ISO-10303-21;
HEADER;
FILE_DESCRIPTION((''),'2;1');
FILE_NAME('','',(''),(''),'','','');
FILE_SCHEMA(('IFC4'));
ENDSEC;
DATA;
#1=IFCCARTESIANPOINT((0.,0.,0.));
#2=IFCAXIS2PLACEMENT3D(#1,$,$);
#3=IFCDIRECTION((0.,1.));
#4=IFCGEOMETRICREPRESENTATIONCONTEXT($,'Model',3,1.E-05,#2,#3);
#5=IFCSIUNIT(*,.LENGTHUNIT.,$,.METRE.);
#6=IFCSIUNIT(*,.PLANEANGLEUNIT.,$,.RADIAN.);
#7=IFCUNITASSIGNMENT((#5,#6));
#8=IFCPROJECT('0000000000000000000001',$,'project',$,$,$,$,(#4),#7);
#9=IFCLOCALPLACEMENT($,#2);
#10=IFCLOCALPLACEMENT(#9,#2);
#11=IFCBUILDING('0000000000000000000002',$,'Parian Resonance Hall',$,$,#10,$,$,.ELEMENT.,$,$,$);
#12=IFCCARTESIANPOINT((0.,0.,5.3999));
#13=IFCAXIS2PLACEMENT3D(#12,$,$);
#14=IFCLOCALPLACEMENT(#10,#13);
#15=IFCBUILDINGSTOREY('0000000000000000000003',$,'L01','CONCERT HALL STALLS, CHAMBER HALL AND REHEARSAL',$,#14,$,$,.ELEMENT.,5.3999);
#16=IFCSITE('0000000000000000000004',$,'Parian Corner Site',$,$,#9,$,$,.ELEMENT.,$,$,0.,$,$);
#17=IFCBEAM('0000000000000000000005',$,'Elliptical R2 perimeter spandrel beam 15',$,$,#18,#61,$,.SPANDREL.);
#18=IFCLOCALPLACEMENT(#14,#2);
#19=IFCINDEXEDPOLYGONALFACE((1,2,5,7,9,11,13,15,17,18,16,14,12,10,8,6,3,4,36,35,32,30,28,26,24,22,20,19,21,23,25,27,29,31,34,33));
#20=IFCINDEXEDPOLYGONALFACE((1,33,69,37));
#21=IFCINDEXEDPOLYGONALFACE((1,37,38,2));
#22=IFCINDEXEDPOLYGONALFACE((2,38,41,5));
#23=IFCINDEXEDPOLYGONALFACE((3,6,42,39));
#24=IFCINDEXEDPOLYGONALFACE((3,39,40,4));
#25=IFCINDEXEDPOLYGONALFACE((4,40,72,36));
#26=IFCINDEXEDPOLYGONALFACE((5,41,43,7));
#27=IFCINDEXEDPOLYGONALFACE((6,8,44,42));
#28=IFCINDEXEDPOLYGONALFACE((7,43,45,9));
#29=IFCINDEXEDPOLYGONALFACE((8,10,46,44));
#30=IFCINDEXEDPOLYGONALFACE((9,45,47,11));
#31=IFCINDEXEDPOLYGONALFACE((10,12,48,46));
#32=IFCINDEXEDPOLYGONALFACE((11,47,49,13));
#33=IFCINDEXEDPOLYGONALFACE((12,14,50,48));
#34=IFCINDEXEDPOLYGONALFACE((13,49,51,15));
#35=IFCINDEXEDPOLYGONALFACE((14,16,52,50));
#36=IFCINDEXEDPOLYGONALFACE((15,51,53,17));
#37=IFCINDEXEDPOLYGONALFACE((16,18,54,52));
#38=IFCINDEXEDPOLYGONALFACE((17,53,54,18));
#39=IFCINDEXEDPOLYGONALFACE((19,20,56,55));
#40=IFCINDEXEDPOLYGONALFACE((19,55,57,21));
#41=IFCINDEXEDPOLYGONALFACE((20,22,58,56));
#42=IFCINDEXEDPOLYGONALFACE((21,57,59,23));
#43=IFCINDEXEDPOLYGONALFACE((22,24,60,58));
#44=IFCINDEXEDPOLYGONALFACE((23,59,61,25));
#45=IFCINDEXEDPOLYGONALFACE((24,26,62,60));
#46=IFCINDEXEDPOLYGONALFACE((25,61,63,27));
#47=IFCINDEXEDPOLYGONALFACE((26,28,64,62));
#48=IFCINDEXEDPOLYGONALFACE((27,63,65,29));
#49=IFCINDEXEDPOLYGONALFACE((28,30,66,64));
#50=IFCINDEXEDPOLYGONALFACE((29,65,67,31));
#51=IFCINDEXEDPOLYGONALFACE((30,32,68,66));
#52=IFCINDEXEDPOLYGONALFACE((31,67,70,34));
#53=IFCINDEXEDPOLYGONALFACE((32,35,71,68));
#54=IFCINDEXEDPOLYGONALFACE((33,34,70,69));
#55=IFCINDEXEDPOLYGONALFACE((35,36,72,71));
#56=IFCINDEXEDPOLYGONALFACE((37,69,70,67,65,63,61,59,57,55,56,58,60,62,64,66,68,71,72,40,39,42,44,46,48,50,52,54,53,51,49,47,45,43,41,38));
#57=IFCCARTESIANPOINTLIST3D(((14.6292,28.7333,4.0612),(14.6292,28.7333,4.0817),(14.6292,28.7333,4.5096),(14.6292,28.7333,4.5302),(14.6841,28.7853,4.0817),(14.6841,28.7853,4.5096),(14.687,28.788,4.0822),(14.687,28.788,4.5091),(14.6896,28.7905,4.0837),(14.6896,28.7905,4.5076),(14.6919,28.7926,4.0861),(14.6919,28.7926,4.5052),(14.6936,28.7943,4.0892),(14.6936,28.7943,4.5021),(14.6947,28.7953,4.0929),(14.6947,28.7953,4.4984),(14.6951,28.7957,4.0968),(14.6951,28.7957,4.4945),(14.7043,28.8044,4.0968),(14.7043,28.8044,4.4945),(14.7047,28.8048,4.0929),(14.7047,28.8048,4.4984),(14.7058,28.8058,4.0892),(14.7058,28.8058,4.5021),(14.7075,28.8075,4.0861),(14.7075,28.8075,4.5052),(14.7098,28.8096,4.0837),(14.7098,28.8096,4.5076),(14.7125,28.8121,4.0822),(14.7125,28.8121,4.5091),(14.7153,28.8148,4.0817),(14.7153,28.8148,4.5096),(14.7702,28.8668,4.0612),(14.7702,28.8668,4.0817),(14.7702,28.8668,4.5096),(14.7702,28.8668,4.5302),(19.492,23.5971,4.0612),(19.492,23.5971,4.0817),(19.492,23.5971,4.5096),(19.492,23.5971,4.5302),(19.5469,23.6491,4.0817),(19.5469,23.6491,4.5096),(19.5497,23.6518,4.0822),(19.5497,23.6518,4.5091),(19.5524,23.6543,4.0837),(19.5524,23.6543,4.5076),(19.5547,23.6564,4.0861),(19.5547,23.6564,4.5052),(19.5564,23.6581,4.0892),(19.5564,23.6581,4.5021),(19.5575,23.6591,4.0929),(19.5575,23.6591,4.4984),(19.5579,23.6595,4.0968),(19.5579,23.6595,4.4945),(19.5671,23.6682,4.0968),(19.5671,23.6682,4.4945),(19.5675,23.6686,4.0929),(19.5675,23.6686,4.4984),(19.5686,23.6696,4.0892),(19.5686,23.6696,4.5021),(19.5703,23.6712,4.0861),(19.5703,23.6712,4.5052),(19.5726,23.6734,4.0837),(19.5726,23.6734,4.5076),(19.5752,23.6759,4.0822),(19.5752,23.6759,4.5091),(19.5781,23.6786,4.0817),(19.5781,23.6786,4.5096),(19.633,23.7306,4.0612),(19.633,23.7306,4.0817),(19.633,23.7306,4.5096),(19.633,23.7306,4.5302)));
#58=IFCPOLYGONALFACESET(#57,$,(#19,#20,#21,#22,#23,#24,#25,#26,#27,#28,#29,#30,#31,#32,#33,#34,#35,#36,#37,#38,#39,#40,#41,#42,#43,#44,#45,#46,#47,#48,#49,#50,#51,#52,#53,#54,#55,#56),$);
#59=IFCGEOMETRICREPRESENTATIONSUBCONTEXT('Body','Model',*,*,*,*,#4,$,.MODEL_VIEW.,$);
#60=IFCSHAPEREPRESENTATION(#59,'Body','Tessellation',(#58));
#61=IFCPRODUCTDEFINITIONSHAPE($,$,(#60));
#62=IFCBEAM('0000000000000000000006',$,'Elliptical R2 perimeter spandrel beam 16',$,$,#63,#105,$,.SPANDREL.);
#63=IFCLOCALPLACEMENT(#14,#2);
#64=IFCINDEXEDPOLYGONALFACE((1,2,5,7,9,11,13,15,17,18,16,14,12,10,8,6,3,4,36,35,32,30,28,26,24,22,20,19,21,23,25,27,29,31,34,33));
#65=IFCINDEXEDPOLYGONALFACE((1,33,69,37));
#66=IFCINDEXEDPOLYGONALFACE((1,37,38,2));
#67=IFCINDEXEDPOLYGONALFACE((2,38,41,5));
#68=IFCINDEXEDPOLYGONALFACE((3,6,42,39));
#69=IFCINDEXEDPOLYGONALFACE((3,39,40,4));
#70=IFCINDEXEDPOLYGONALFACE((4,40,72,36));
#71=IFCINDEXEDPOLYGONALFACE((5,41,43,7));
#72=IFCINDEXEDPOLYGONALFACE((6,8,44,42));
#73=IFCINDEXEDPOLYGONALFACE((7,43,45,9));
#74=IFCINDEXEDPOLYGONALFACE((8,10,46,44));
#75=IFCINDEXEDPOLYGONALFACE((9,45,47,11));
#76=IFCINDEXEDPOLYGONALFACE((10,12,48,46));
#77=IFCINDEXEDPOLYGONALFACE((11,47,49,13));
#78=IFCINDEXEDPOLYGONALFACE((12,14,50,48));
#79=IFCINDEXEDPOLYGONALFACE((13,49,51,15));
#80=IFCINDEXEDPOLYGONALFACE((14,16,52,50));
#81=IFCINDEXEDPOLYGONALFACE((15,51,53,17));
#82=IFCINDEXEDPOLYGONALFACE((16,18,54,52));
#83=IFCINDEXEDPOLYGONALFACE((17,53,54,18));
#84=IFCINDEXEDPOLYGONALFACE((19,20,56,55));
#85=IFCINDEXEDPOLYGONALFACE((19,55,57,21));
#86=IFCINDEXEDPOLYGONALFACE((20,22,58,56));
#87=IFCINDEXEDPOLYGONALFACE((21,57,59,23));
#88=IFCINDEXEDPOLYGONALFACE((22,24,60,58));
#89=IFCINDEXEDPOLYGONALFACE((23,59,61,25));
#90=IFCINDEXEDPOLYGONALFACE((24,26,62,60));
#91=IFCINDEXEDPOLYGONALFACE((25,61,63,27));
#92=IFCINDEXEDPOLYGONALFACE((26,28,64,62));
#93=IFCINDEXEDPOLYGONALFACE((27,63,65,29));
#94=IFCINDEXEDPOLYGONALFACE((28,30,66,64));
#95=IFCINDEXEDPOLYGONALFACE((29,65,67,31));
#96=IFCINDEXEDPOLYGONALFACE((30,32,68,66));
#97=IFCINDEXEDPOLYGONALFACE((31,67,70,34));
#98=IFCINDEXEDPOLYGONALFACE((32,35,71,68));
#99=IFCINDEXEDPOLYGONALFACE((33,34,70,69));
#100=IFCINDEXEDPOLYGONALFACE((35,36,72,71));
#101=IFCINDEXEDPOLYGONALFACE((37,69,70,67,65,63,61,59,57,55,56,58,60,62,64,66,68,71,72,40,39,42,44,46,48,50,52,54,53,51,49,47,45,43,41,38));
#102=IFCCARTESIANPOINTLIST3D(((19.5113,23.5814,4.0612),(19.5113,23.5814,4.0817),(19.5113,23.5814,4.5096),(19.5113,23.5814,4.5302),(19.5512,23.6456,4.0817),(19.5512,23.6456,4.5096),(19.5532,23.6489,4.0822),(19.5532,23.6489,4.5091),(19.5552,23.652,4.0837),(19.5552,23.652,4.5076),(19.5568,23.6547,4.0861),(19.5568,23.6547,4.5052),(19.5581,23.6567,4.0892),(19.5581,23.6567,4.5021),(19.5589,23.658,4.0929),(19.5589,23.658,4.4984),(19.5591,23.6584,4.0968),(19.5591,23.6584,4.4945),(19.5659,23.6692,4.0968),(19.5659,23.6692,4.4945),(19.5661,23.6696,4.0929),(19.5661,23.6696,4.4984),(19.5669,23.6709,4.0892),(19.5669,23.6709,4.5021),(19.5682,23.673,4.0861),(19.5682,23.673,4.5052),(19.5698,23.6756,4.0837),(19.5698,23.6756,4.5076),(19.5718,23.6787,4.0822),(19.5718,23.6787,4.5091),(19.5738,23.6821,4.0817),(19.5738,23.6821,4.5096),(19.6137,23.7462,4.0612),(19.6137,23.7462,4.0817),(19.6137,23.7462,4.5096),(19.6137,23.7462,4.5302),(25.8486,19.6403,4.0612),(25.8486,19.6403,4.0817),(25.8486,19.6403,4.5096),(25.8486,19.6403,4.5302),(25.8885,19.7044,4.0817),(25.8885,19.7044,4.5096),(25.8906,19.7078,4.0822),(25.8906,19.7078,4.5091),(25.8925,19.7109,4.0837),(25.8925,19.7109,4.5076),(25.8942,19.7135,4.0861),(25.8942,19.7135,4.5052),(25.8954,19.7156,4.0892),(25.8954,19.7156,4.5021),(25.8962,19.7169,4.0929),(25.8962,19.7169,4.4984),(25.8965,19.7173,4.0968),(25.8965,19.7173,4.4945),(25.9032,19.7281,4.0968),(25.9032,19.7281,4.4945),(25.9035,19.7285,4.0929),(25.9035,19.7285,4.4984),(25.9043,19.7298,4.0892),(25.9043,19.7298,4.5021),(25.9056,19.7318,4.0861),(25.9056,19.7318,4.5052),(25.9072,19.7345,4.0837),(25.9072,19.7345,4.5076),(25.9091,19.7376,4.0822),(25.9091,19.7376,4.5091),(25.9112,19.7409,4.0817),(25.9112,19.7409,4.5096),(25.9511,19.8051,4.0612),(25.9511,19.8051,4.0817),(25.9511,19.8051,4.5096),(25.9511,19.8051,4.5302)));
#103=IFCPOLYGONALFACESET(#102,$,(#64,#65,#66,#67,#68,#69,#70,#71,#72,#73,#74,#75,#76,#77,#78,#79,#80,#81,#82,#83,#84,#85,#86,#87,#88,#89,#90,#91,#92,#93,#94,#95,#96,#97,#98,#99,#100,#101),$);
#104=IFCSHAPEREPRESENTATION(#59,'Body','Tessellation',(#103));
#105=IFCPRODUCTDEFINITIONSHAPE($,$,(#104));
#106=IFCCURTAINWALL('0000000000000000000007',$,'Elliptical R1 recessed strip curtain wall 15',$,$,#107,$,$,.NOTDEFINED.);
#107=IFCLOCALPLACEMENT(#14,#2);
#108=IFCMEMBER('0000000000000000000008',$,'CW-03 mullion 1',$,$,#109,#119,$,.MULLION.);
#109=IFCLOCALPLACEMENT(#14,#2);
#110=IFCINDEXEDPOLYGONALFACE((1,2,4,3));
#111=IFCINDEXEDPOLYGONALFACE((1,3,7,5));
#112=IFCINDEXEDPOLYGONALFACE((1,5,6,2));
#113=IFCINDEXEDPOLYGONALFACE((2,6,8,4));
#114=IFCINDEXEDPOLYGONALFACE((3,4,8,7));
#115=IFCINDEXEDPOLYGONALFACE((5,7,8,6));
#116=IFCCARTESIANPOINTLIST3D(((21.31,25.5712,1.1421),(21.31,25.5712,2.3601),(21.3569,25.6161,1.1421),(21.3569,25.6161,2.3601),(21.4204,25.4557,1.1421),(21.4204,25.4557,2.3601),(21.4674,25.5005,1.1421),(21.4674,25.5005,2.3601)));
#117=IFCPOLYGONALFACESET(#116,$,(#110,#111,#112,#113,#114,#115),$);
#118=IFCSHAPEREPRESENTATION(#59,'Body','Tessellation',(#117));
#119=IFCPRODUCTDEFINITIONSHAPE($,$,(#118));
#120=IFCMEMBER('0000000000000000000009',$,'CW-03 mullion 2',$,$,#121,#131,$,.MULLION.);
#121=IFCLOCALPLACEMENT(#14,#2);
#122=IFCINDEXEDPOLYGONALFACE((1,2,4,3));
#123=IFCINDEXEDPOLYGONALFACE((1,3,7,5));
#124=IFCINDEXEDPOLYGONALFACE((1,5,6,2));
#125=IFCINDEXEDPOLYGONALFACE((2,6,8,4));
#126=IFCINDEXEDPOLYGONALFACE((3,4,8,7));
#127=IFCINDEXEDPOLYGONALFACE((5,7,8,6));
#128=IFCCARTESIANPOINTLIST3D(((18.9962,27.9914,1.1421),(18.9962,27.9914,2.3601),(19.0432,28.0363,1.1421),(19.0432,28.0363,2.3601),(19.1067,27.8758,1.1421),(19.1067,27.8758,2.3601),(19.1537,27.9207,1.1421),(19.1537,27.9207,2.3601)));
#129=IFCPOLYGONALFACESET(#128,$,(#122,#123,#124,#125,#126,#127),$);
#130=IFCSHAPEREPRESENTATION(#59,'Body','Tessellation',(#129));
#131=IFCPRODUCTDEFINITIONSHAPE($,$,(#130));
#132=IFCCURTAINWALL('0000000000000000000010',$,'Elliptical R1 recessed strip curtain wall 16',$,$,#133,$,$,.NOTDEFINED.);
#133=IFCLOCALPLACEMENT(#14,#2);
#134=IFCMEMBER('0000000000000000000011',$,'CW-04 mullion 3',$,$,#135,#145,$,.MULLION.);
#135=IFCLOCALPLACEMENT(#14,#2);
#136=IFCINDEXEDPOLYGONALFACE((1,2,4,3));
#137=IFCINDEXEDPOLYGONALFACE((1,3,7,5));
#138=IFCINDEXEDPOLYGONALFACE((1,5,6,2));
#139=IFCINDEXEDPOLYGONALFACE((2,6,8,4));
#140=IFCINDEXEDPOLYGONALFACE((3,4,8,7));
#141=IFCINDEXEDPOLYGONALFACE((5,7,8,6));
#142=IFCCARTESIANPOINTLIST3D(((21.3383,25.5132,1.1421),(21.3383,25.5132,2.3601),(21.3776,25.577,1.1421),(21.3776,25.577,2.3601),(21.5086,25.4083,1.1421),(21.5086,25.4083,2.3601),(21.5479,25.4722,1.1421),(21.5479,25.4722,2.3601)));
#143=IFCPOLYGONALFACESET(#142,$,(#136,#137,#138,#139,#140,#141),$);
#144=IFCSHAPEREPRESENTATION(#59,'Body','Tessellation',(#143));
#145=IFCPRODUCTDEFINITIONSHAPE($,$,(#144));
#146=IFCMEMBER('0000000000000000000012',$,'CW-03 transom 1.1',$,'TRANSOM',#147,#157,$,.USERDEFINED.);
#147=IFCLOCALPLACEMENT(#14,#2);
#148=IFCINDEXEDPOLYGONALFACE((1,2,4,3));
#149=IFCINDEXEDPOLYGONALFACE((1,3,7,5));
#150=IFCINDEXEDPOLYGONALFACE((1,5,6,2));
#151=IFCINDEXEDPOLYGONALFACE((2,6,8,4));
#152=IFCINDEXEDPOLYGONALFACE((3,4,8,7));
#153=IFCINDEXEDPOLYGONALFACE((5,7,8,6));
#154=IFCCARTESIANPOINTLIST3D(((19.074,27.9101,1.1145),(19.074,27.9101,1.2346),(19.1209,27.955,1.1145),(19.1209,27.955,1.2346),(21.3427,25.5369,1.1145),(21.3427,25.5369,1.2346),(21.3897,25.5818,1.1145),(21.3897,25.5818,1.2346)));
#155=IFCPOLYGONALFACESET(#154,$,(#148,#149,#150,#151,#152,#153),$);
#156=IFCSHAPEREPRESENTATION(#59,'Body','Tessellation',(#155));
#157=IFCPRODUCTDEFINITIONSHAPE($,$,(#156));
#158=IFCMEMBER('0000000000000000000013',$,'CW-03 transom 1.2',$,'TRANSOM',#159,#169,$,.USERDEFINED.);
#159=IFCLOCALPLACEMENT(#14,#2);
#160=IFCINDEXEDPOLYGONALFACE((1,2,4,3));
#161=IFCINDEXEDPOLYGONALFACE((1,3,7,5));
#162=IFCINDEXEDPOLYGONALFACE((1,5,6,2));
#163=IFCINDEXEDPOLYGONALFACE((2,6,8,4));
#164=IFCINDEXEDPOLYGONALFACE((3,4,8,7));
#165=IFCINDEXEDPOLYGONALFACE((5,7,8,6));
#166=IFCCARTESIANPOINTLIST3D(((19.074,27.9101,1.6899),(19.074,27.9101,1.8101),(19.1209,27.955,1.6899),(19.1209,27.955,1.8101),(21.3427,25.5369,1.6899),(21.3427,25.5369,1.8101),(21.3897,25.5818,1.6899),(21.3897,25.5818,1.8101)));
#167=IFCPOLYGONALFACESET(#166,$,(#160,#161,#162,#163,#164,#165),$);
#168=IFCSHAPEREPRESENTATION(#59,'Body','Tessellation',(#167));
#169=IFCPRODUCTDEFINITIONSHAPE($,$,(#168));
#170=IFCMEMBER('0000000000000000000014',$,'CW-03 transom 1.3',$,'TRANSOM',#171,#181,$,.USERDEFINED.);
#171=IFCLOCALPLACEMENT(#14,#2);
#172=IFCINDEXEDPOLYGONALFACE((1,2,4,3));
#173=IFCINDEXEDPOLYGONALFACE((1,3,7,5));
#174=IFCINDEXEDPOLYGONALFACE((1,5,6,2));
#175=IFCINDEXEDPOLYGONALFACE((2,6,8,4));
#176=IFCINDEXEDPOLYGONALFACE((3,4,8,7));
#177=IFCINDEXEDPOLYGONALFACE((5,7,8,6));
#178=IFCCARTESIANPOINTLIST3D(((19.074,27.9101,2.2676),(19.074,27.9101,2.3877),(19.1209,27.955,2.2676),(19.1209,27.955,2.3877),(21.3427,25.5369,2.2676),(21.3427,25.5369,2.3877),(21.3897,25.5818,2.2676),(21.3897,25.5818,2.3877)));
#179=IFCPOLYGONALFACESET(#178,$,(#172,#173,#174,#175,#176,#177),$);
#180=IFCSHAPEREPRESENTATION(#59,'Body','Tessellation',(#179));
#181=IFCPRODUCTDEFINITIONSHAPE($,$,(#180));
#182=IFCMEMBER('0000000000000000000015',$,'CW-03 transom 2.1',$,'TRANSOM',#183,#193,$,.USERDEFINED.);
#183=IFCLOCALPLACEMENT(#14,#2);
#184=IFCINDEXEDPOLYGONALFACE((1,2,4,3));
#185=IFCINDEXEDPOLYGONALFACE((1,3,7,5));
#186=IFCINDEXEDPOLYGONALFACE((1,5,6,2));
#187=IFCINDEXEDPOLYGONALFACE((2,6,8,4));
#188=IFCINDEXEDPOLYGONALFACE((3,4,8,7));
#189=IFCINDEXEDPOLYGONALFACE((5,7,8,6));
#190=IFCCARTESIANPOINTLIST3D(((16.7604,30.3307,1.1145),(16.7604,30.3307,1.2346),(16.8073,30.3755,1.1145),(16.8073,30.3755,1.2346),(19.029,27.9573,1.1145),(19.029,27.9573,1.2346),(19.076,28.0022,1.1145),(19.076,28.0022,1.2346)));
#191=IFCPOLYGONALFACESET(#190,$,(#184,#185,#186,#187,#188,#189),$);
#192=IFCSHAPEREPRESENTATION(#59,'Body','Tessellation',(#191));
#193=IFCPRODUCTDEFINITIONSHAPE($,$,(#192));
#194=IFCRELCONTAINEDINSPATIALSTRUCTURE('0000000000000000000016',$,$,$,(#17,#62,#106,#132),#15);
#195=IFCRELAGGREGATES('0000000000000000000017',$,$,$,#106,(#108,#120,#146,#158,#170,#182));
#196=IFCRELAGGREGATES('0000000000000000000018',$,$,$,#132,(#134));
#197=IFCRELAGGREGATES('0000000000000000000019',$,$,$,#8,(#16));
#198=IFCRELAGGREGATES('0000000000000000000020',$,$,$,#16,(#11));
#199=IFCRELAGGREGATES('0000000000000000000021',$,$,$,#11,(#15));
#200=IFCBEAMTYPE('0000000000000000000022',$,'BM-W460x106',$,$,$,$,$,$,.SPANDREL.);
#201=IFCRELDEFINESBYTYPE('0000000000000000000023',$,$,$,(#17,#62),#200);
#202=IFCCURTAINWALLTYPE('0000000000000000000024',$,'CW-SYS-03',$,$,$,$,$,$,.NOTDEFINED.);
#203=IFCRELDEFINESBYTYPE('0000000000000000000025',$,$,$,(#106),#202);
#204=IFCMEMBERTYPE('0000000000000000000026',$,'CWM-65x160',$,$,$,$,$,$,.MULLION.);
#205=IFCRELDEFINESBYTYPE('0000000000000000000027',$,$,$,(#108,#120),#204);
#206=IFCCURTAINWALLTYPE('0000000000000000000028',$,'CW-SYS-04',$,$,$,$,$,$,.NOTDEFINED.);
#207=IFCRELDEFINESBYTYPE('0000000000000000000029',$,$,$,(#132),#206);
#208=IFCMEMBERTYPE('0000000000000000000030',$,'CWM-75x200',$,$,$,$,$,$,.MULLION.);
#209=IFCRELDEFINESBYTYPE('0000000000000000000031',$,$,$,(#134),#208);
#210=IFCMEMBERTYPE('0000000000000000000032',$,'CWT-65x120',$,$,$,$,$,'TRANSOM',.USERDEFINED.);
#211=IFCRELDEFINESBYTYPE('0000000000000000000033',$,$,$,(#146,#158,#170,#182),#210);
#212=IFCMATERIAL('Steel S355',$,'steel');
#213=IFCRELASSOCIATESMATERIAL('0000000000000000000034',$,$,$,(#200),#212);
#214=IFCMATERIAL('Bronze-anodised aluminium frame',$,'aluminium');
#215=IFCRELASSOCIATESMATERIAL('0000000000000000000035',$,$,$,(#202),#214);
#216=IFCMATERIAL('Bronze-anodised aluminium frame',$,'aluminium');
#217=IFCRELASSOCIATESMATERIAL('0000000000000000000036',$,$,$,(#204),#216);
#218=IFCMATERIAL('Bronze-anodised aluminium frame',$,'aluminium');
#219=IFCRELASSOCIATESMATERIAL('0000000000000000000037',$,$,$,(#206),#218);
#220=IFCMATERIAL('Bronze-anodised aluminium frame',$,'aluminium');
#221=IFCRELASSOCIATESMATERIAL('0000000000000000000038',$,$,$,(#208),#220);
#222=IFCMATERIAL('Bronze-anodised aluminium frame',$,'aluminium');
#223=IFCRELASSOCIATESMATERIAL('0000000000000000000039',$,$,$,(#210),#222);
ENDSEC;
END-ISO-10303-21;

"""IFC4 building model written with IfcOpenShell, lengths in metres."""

from ifc_helpers import new_model, si_unit, direction, frame, origin, origin_2d, place, context, subcontext, project, spatial, rectangle, i_section, extrude, material, material_profile, profile_set, type_object, element, aggregate, save


model = new_model("IFC4")

# Units and contexts
model_context = context("Model", 3, precision=1e-05, world=origin(), true_north=direction((0.0, 1.0)))
body_context = subcontext(model_context, "Body", "Model", "MODEL_VIEW")
ifc_project = project(units=[si_unit("LENGTHUNIT", "METRE"), si_unit("PLANEANGLEUNIT", "RADIAN")], contexts=[model_context])

# Site, building, storey
site_placement = place(None, origin())
site = spatial("IfcSite", under=ifc_project, at=site_placement, Name="Parian Corner Site", CompositionType="ELEMENT", RefElevation=0.0)
building_placement = place(site_placement, origin())
building = spatial("IfcBuilding", under=site, at=building_placement, Name="Parian Resonance Hall", CompositionType="ELEMENT")
storey_placement = place(building_placement, frame((0.0, 0.0, 5.3999)))
storey = spatial("IfcBuildingStorey", under=building, at=storey_placement, Name="L01", Description="CONCERT HALL STALLS, CHAMBER HALL AND REHEARSAL", CompositionType="ELEMENT", Elevation=5.3999)

# Beams
ifc_material_1 = material(Name="Steel S355", Category="steel")
ifc_material_profile_1 = material_profile(ifc_material_1, i_section(OverallWidth=0.1941, OverallDepth=0.469, WebThickness=0.0127, FlangeThickness=0.0205, FilletRadius=0.0151, at=origin_2d()), Name="W460x106")
ifc_profile_set_1 = profile_set([ifc_material_profile_1], Name="Steel S355")
beam_type = type_object("IfcBeamType", Name="BM-W460x106", PredefinedType="SPANDREL", material=ifc_profile_set_1)
beam_1_placement = place(storey_placement, frame((14.6997, 28.8, 4.2957), z_axis=(0.687513, -0.726172, 0.0), x_axis=(0.726172, 0.687513, 0.0)))
element("IfcBeam", 1, at=beam_1_placement, inside=storey, type_object=beam_type, Name="Elliptical R2 perimeter spandrel beam 15", PredefinedType="SPANDREL", context=body_context, shape_type="SweptSolid", body=[
    extrude(i_section(OverallWidth=0.1941, OverallDepth=0.469, WebThickness=0.0127, FlangeThickness=0.0205, FilletRadius=0.0151, at=origin_2d()), origin(), (0.0, 0.0, 1.0), 7.073),
])
beam_2_placement = place(storey_placement, frame((19.5625, 23.6638, 4.2957), z_axis=(0.849183, -0.528098, 0.0), x_axis=(0.528098, 0.849183, 0.0)))
element("IfcBeam", 2, at=beam_2_placement, inside=storey, type_object=beam_type, Name="Elliptical R2 perimeter spandrel beam 16", PredefinedType="SPANDREL", context=body_context, shape_type="SweptSolid", body=[
    extrude(i_section(OverallWidth=0.1941, OverallDepth=0.469, WebThickness=0.0127, FlangeThickness=0.0205, FilletRadius=0.0151, at=origin_2d()), origin(), (0.0, 0.0, 1.0), 7.4629),
])

# Curtain wall, members
ifc_material_2 = material(Name="Bronze-anodised aluminium frame", Category="aluminium")
curtain_wall_type_1 = type_object("IfcCurtainWallType", Name="CW-SYS-03", PredefinedType="NOTDEFINED", material=ifc_material_2)
curtain_wall_1_placement = place(storey_placement, origin())
curtain_wall_1 = element("IfcCurtainWall", 3, at=curtain_wall_1_placement, inside=storey, type_object=curtain_wall_type_1, Name="Elliptical R1 recessed strip curtain wall 15", PredefinedType="NOTDEFINED")
ifc_material_3 = material(Name="Bronze-anodised aluminium frame", Category="aluminium")
ifc_material_profile_2 = material_profile(ifc_material_3, rectangle(XDim=0.0649, YDim=0.1599, at=origin_2d()), Name="CWM-65x160")
ifc_profile_set_2 = profile_set([ifc_material_profile_2], Name="Bronze-anodised aluminium frame")
member_type_1 = type_object("IfcMemberType", Name="CWM-65x160", PredefinedType="MULLION", material=ifc_profile_set_2)
member_1_placement = place(storey_placement, frame((21.3887, 25.5359, 1.1421), z_axis=(0.0, 0.0, 1.0), x_axis=(-0.722863, -0.690992, 0.0)))
member_1 = element("IfcMember", 4, at=member_1_placement, type_object=member_type_1, Name="CW-03 mullion 1", PredefinedType="MULLION", context=body_context, shape_type="SweptSolid", body=[
    extrude(rectangle(XDim=0.0649, YDim=0.1599, at=origin_2d()), origin(), (0.0, 0.0, 1.0), 1.218),
])
member_2_placement = place(storey_placement, frame((19.075, 27.9561, 1.1421), z_axis=(0.0, 0.0, 1.0), x_axis=(-0.722863, -0.690992, 0.0)))
member_2 = element("IfcMember", 5, at=member_2_placement, type_object=member_type_1, Name="CW-03 mullion 2", PredefinedType="MULLION", context=body_context, shape_type="SweptSolid", body=[
    extrude(rectangle(XDim=0.0649, YDim=0.1599, at=origin_2d()), origin(), (0.0, 0.0, 1.0), 1.218),
])

# Curtain wall, member
ifc_material_4 = material(Name="Bronze-anodised aluminium frame", Category="aluminium")
curtain_wall_type_2 = type_object("IfcCurtainWallType", Name="CW-SYS-04", PredefinedType="NOTDEFINED", material=ifc_material_4)
curtain_wall_2_placement = place(storey_placement, origin())
curtain_wall_2 = element("IfcCurtainWall", 6, at=curtain_wall_2_placement, inside=storey, type_object=curtain_wall_type_2, Name="Elliptical R1 recessed strip curtain wall 16", PredefinedType="NOTDEFINED")
ifc_material_5 = material(Name="Bronze-anodised aluminium frame", Category="aluminium")
ifc_material_profile_3 = material_profile(ifc_material_5, rectangle(XDim=0.075, YDim=0.2, at=origin_2d()), Name="CWM-75x200")
ifc_profile_set_3 = profile_set([ifc_material_profile_3], Name="Bronze-anodised aluminium frame")
member_type_2 = type_object("IfcMemberType", Name="CWM-75x200", PredefinedType="MULLION", material=ifc_profile_set_3)
member_3_placement = place(storey_placement, frame((21.4431, 25.4927, 1.1421), z_axis=(0.0, 0.0, 1.0), x_axis=(-0.524451, -0.851441, 0.0)))
member_3 = element("IfcMember", 7, at=member_3_placement, type_object=member_type_2, Name="CW-04 mullion 3", PredefinedType="MULLION", context=body_context, shape_type="SweptSolid", body=[
    extrude(rectangle(XDim=0.075, YDim=0.2, at=origin_2d()), origin(), (0.0, 0.0, 1.0), 1.218),
])

# Members
ifc_material_6 = material(Name="Bronze-anodised aluminium frame", Category="aluminium")
ifc_material_profile_4 = material_profile(ifc_material_6, rectangle(XDim=0.0649, YDim=0.1201, at=origin_2d()), Name="CWT-65x120")
ifc_profile_set_4 = profile_set([ifc_material_profile_4], Name="Bronze-anodised aluminium frame")
member_type_3 = type_object("IfcMemberType", Name="CWT-65x120", ElementType="TRANSOM", PredefinedType="USERDEFINED", material=ifc_profile_set_4)
member_4_placement = place(storey_placement, frame((21.3662, 25.5593, 1.1746), z_axis=(-0.691015, 0.72284, 0.0), x_axis=(-0.72284, -0.691015, 0.0)))
member_4 = element("IfcMember", 8, at=member_4_placement, type_object=member_type_3, Name="CW-03 transom 1.1", ObjectType="TRANSOM", PredefinedType="USERDEFINED", context=body_context, shape_type="SweptSolid", body=[
    extrude(rectangle(XDim=0.0649, YDim=0.1201, at=origin_2d()), origin(), (0.0, 0.0, 1.0), 3.2832),
])
member_5_placement = place(storey_placement, frame((21.3662, 25.5593, 1.75), z_axis=(-0.691015, 0.72284, 0.0), x_axis=(-0.72284, -0.691015, 0.0)))
member_5 = element("IfcMember", 9, at=member_5_placement, type_object=member_type_3, Name="CW-03 transom 1.2", ObjectType="TRANSOM", PredefinedType="USERDEFINED", context=body_context, shape_type="SweptSolid", body=[
    extrude(rectangle(XDim=0.0649, YDim=0.1201, at=origin_2d()), origin(), (0.0, 0.0, 1.0), 3.2832),
])
member_6_placement = place(storey_placement, frame((21.3662, 25.5593, 2.3276), z_axis=(-0.691015, 0.72284, 0.0), x_axis=(-0.72284, -0.691015, 0.0)))
member_6 = element("IfcMember", 10, at=member_6_placement, type_object=member_type_3, Name="CW-03 transom 1.3", ObjectType="TRANSOM", PredefinedType="USERDEFINED", context=body_context, shape_type="SweptSolid", body=[
    extrude(rectangle(XDim=0.0649, YDim=0.1201, at=origin_2d()), origin(), (0.0, 0.0, 1.0), 3.2832),
])
member_7_placement = place(storey_placement, frame((19.0525, 27.9797, 1.1746), z_axis=(-0.690976, 0.722878, 0.0), x_axis=(-0.722878, -0.690976, 0.0)))
member_7 = element("IfcMember", 11, at=member_7_placement, type_object=member_type_3, Name="CW-03 transom 2.1", ObjectType="TRANSOM", PredefinedType="USERDEFINED", context=body_context, shape_type="SweptSolid", body=[
    extrude(rectangle(XDim=0.0649, YDim=0.1201, at=origin_2d()), origin(), (0.0, 0.0, 1.0), 3.2832),
])

aggregate(curtain_wall_1, [member_1, member_2, member_4, member_5, member_6, member_7])
aggregate(curtain_wall_2, [member_3])

save(model, "model.ifc")
